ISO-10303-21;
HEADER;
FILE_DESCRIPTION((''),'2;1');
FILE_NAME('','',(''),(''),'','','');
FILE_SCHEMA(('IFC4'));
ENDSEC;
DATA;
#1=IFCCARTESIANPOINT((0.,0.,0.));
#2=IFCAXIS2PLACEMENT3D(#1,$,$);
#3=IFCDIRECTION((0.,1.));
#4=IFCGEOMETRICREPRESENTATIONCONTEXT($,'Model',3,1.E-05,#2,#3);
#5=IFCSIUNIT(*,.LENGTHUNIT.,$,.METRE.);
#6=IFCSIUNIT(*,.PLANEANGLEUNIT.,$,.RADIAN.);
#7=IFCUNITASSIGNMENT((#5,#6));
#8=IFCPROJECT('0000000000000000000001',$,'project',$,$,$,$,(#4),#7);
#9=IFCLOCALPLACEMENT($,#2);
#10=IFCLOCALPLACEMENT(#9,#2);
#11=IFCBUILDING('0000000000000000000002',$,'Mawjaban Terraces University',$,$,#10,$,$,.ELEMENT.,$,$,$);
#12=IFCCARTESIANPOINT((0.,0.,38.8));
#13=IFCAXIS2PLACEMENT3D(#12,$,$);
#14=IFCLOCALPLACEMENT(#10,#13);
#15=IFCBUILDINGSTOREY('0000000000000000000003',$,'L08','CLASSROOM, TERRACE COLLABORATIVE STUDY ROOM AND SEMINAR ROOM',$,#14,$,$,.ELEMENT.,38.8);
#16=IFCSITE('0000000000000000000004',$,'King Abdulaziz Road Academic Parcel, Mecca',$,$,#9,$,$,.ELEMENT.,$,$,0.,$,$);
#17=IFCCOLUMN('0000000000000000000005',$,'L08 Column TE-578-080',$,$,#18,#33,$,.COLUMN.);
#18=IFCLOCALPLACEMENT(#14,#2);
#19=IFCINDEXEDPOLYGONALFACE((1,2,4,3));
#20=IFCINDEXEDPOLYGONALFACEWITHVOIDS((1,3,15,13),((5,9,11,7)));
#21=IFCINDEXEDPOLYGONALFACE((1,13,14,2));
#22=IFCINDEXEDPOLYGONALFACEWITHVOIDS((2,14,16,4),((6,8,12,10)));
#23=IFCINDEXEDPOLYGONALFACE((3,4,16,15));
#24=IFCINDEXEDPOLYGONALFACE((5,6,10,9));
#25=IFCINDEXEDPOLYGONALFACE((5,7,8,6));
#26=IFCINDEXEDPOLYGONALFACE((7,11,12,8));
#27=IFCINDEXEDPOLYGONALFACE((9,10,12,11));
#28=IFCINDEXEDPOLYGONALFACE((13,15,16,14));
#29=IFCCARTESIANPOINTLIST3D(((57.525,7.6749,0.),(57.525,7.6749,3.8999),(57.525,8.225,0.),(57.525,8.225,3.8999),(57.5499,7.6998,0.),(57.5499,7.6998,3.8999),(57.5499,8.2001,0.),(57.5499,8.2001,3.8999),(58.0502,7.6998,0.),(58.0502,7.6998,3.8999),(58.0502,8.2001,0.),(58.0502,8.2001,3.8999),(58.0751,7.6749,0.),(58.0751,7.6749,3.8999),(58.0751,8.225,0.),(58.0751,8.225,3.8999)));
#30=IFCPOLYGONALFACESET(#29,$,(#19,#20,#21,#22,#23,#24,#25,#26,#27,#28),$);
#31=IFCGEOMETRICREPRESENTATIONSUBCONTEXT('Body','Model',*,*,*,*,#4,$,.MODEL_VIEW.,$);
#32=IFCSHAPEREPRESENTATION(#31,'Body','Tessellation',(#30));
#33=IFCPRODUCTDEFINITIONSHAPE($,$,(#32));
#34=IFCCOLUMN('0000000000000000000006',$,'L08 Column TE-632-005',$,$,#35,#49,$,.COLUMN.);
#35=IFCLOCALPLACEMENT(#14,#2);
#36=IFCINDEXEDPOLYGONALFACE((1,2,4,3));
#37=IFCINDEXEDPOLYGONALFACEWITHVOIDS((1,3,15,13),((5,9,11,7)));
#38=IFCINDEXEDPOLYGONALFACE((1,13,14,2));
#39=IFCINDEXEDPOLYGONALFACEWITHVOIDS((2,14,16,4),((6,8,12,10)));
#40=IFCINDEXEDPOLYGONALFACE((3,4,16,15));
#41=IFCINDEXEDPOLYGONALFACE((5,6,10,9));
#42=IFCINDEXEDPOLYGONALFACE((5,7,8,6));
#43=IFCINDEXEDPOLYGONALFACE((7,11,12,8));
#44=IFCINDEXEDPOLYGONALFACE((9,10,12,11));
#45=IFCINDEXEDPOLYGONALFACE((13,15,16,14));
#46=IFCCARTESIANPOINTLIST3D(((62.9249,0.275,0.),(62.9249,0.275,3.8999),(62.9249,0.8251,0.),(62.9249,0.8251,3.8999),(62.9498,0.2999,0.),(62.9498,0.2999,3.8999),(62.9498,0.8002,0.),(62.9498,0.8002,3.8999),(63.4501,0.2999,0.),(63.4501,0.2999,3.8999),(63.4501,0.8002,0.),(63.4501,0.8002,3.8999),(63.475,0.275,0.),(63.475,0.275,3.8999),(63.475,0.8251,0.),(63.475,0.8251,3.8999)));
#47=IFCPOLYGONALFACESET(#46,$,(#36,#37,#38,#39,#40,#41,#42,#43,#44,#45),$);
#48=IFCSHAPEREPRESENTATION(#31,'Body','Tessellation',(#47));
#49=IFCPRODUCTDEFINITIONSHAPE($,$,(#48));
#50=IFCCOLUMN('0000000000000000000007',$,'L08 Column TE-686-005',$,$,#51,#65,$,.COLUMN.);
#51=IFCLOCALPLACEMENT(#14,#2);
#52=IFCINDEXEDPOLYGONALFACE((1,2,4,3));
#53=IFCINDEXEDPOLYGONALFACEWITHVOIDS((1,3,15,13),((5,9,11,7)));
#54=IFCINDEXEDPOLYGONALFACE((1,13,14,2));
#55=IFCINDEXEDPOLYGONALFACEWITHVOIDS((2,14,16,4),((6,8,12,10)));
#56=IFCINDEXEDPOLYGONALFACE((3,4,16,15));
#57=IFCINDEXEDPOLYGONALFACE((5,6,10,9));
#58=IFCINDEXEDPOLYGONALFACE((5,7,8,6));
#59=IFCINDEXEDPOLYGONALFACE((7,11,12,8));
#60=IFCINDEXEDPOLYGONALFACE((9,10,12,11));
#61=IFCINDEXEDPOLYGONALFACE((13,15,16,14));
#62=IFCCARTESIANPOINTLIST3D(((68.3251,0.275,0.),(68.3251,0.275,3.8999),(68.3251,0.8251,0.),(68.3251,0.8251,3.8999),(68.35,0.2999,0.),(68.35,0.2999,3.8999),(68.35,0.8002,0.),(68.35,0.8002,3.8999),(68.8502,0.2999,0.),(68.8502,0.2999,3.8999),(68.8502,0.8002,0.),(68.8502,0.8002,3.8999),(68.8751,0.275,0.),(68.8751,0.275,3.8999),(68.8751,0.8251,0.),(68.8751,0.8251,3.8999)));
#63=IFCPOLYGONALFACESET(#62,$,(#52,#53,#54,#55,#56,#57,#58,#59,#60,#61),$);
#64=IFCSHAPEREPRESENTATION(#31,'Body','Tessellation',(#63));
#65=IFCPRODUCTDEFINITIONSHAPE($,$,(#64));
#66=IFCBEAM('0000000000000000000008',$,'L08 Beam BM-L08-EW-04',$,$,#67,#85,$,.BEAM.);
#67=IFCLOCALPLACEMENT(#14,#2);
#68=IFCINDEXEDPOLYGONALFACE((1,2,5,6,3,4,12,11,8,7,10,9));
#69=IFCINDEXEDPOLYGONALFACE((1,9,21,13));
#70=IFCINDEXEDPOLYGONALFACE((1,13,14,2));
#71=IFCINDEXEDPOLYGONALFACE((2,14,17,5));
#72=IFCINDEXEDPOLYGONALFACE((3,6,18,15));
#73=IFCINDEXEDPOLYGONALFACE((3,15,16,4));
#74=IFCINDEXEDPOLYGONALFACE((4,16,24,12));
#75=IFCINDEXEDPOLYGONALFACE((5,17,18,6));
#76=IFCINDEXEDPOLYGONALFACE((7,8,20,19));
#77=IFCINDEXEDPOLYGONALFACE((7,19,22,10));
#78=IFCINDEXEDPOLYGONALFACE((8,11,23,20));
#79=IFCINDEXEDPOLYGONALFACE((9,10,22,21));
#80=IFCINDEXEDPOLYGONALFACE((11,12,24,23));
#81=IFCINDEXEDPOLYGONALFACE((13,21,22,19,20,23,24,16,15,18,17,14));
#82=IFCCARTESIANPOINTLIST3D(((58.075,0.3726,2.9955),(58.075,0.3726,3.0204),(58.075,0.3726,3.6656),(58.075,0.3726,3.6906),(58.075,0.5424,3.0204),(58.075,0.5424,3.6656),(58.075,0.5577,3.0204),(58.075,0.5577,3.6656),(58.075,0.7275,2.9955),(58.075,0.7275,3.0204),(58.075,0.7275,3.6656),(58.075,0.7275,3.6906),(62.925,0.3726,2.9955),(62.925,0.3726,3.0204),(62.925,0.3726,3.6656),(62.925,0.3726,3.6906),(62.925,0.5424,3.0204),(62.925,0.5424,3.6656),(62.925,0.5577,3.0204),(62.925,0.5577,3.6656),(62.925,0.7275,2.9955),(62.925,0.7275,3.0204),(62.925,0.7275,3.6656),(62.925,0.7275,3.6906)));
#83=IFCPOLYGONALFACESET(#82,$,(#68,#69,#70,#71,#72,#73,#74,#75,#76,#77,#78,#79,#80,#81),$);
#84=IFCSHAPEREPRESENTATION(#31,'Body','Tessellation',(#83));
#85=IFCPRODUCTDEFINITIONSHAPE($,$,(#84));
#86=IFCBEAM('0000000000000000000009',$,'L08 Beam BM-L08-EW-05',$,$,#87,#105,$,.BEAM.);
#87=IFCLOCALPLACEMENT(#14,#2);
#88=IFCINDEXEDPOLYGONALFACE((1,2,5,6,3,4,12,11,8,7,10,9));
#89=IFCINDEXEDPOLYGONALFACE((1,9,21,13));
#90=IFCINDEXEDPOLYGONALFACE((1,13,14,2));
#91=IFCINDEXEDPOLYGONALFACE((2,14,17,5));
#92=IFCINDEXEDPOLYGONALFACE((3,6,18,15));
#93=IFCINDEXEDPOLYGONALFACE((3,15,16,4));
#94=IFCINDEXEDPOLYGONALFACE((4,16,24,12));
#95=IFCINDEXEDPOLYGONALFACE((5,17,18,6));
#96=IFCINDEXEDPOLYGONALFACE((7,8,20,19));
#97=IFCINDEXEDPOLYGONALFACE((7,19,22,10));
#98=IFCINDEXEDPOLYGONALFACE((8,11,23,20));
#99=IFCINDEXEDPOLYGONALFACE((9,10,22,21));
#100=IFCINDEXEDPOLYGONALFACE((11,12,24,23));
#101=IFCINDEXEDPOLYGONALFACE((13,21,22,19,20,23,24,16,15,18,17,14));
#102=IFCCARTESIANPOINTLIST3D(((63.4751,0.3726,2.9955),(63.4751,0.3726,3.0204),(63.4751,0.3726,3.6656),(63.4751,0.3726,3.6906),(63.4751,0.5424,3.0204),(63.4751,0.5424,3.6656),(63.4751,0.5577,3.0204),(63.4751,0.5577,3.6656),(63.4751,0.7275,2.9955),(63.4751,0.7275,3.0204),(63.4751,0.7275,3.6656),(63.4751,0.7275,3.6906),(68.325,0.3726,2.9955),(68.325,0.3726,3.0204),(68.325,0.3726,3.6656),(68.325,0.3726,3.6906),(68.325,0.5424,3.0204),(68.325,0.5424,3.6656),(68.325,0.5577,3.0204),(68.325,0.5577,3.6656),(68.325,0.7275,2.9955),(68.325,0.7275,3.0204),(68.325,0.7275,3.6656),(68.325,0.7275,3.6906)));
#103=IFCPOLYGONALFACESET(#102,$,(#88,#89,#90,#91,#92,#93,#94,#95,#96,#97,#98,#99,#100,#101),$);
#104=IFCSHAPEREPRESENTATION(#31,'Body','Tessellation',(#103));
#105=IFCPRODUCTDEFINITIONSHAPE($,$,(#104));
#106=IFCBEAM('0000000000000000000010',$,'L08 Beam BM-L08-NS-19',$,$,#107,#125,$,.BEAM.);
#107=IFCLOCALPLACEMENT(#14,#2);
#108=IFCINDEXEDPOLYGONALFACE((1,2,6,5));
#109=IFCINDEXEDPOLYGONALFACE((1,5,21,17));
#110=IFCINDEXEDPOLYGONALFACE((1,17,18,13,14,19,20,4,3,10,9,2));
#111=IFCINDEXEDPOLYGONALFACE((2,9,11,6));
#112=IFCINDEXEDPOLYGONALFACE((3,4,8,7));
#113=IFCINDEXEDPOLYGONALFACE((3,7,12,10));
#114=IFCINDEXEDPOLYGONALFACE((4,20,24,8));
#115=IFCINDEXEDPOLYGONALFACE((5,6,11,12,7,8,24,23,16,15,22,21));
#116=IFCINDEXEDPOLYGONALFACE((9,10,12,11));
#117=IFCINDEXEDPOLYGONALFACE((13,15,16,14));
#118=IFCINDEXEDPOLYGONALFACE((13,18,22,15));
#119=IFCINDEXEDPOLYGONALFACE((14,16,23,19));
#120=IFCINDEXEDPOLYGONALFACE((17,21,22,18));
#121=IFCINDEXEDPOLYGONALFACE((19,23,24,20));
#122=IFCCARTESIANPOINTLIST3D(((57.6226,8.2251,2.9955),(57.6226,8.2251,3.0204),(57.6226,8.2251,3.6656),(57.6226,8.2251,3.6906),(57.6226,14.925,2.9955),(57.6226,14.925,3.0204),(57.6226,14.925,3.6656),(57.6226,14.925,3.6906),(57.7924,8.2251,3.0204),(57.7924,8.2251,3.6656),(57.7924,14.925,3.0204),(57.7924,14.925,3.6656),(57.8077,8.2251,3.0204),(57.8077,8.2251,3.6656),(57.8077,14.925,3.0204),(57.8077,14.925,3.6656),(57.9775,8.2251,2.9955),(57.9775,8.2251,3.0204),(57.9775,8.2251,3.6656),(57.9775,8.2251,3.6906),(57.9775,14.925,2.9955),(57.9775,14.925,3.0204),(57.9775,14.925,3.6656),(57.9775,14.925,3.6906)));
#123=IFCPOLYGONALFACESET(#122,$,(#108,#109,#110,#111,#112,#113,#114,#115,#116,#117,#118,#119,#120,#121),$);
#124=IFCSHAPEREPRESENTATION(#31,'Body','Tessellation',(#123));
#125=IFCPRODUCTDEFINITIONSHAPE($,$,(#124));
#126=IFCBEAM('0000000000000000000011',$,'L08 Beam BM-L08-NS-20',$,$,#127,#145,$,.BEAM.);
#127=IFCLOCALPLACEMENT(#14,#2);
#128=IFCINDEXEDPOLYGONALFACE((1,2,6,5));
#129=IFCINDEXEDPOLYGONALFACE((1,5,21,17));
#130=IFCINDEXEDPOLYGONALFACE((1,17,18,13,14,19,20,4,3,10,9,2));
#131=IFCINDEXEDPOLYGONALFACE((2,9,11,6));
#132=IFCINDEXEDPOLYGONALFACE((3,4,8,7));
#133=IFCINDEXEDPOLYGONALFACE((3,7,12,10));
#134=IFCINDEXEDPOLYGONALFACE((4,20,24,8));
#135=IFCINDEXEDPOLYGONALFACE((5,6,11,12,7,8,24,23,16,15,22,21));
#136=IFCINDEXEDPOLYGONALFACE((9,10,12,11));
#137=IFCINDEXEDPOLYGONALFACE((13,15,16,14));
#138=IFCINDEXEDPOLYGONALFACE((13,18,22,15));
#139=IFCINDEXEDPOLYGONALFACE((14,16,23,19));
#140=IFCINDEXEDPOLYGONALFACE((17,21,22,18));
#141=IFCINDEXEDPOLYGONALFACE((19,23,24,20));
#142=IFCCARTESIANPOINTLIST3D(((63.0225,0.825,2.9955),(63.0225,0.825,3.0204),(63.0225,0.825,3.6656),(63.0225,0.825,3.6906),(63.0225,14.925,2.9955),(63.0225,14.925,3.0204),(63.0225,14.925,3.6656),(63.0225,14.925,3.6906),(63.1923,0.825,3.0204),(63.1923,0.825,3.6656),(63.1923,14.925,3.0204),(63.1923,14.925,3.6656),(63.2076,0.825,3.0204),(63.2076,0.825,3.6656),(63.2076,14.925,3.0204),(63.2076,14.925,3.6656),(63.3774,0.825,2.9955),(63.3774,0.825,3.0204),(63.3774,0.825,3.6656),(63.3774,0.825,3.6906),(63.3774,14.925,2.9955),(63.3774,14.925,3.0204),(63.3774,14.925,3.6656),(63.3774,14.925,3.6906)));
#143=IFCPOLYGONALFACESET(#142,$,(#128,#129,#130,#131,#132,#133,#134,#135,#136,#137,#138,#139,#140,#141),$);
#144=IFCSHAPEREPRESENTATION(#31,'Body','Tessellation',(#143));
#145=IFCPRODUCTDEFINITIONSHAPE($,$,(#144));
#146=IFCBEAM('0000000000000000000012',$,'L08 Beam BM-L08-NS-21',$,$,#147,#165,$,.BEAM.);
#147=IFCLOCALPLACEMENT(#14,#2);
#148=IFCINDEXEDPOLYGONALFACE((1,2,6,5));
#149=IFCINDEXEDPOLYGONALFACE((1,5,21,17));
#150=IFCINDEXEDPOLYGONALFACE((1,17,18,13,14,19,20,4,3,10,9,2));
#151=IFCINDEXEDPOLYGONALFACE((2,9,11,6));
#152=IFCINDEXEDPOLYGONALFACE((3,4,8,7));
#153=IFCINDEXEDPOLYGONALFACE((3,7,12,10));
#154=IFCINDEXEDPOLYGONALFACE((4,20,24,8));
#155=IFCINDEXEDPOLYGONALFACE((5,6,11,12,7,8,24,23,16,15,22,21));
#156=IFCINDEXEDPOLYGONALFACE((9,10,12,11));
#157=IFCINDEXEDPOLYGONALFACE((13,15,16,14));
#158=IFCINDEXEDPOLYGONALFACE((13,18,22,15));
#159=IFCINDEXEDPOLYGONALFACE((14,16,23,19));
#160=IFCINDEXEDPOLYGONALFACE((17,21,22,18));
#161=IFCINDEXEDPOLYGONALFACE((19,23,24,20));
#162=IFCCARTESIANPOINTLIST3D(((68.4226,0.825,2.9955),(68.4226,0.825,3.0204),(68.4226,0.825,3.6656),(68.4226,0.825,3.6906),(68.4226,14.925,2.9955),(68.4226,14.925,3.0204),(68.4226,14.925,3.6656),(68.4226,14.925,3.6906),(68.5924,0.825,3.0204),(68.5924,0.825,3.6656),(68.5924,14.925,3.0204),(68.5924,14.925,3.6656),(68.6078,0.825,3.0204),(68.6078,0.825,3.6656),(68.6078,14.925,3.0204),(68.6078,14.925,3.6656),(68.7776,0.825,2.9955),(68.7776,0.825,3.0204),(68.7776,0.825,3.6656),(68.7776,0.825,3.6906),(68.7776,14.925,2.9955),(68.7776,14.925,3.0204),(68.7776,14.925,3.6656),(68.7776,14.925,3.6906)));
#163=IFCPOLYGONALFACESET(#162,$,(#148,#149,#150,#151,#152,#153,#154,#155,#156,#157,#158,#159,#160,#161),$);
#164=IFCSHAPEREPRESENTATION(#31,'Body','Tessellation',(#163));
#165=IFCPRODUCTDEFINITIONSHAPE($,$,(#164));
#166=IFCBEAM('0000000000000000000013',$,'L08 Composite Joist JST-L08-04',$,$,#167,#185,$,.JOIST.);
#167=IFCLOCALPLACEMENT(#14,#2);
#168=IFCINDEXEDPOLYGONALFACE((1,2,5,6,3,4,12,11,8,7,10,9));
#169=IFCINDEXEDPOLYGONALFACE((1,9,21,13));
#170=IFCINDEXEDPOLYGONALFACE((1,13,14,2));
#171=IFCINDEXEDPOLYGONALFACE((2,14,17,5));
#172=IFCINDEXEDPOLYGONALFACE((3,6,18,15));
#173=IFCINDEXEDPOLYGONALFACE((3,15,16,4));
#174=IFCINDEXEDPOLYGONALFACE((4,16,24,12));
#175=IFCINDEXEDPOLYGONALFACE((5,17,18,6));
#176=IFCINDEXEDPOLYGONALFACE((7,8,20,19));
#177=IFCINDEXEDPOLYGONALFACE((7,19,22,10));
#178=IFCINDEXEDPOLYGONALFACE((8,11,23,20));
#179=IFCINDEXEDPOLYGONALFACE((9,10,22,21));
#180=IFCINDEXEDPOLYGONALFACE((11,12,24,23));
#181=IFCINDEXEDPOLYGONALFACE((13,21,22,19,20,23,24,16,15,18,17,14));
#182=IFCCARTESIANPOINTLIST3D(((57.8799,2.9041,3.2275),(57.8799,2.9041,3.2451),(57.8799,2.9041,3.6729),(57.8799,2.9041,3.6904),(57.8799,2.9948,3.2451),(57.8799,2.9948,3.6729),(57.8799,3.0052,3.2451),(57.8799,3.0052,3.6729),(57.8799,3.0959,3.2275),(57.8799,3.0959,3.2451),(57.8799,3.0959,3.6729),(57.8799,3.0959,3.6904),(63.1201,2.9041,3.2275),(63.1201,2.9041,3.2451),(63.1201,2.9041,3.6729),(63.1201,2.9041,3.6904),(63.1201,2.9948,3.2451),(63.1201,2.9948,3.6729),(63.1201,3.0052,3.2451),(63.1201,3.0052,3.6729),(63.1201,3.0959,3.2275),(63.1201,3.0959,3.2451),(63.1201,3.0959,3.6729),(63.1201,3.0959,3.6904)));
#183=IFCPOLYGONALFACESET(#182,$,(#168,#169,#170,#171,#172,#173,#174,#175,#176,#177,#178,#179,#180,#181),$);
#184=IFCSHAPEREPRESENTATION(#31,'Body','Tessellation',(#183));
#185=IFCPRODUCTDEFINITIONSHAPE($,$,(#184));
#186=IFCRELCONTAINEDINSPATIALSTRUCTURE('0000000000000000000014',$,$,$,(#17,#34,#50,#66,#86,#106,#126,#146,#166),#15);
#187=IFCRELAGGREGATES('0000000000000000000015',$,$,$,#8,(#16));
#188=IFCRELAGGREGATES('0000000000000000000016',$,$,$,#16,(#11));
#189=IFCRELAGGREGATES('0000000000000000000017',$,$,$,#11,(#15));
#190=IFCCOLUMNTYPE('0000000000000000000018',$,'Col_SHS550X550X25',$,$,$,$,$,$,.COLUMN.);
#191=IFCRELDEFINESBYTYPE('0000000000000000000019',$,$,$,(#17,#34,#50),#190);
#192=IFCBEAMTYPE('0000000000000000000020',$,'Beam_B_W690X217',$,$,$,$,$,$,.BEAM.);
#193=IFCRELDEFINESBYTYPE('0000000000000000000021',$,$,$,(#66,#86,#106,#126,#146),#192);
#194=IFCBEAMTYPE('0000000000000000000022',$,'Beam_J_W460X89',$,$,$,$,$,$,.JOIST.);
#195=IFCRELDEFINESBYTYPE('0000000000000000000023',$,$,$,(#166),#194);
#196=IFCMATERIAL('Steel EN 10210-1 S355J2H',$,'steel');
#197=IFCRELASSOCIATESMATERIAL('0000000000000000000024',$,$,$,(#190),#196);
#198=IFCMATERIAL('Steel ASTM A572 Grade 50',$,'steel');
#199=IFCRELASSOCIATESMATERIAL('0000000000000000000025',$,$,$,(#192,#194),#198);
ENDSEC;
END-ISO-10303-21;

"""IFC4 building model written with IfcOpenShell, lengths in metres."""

from ifc_helpers import new_model, si_unit, direction, frame, origin, origin_2d, place, context, subcontext, project, spatial, hollow_rectangle, i_section, extrude, material, material_profile, profile_set, type_object, element, save


model = new_model("IFC4")

# Units and contexts
model_context = context("Model", 3, precision=1e-05, world=origin(), true_north=direction((0.0, 1.0)))
body_context = subcontext(model_context, "Body", "Model", "MODEL_VIEW")
ifc_project = project(units=[si_unit("LENGTHUNIT", "METRE"), si_unit("PLANEANGLEUNIT", "RADIAN")], contexts=[model_context])

# Site, building, storey
site_placement = place(None, origin())
site = spatial("IfcSite", under=ifc_project, at=site_placement, Name="King Abdulaziz Road Academic Parcel, Mecca", CompositionType="ELEMENT", RefElevation=0.0)
building_placement = place(site_placement, origin())
building = spatial("IfcBuilding", under=site, at=building_placement, Name="Mawjaban Terraces University", CompositionType="ELEMENT")
storey_placement = place(building_placement, frame((0.0, 0.0, 38.8)))
storey = spatial("IfcBuildingStorey", under=building, at=storey_placement, Name="L08", Description="CLASSROOM, TERRACE COLLABORATIVE STUDY ROOM AND SEMINAR ROOM", CompositionType="ELEMENT", Elevation=38.8)

# Columns
ifc_material_1 = material(Name="Steel EN 10210-1 S355J2H", Category="steel")
ifc_material_profile_1 = material_profile(ifc_material_1, hollow_rectangle(XDim=0.55, YDim=0.55, WallThickness=0.0249, at=origin_2d()), Name="SHS550X550X25")
ifc_profile_set_1 = profile_set([ifc_material_profile_1], Name="Steel EN 10210-1 S355J2H")
column_type = type_object("IfcColumnType", Name="Col_SHS550X550X25", PredefinedType="COLUMN", material=ifc_profile_set_1)
for number, where, z_axis, x_axis, name in (
    (1, (57.8, 7.95, 0.0), (0.0, 0.0, 1.0), (1.0, 0.0, 0.0), "L08 Column TE-578-080"),
    (2, (63.2, 0.55, 0.0), (0.0, 0.0, 1.0), (1.0, 0.0, 0.0), "L08 Column TE-632-005"),
    (3, (68.6001, 0.55, 0.0), (0.0, 0.0, 1.0), (1.0, 0.0, 0.0), "L08 Column TE-686-005"),
):
    element("IfcColumn", number, at=place(storey_placement, frame(where, z_axis=z_axis, x_axis=x_axis)), inside=storey, type_object=column_type, Name=name, PredefinedType="COLUMN", context=body_context, shape_type="SweptSolid", body=[
        extrude(hollow_rectangle(XDim=0.55, YDim=0.55, WallThickness=0.0249, at=origin_2d()), origin(), (0.0, 0.0, 1.0), 3.8999),
    ])

# Beams
ifc_material_2 = material(Name="Steel ASTM A572 Grade 50", Category="steel")
ifc_material_profile_2 = material_profile(ifc_material_2, i_section(OverallWidth=0.355, OverallDepth=0.6951, WebThickness=0.0154, FlangeThickness=0.0249, at=origin_2d()), Name="W690X217")
ifc_profile_set_2 = profile_set([ifc_material_profile_2], Name="Steel ASTM A572 Grade 50")
beam_type_1 = type_object("IfcBeamType", Name="Beam_B_W690X217", PredefinedType="BEAM", material=ifc_profile_set_2)
beam_1_placement = place(storey_placement, frame((58.075, 0.55, 3.343), z_axis=(1.0, 0.0, 0.0), x_axis=(0.0, 1.0, 0.0)))
element("IfcBeam", 4, at=beam_1_placement, inside=storey, type_object=beam_type_1, Name="L08 Beam BM-L08-EW-04", PredefinedType="BEAM", context=body_context, shape_type="SweptSolid", body=[
    extrude(i_section(OverallWidth=0.355, OverallDepth=0.6951, WebThickness=0.0154, FlangeThickness=0.0249, at=origin_2d()), origin(), (0.0, 0.0, 1.0), 4.8501),
])
beam_2_placement = place(storey_placement, frame((63.4751, 0.55, 3.343), z_axis=(1.0, 0.0, 0.0), x_axis=(0.0, 1.0, 0.0)))
element("IfcBeam", 5, at=beam_2_placement, inside=storey, type_object=beam_type_1, Name="L08 Beam BM-L08-EW-05", PredefinedType="BEAM", context=body_context, shape_type="SweptSolid", body=[
    extrude(i_section(OverallWidth=0.355, OverallDepth=0.6951, WebThickness=0.0154, FlangeThickness=0.0249, at=origin_2d()), origin(), (0.0, 0.0, 1.0), 4.8499),
])
beam_3_placement = place(storey_placement, frame((57.8, 8.2251, 3.343), z_axis=(0.0, 1.0, 0.0), x_axis=(-1.0, 0.0, 0.0)))
element("IfcBeam", 6, at=beam_3_placement, inside=storey, type_object=beam_type_1, Name="L08 Beam BM-L08-NS-19", PredefinedType="BEAM", context=body_context, shape_type="SweptSolid", body=[
    extrude(i_section(OverallWidth=0.355, OverallDepth=0.6951, WebThickness=0.0154, FlangeThickness=0.0249, at=origin_2d()), origin(), (0.0, 0.0, 1.0), 6.7),
])
for number, where, z_axis, x_axis, name in (
    (7, (63.2, 0.825, 3.343), (0.0, 1.0, 0.0), (-1.0, 0.0, 0.0), "L08 Beam BM-L08-NS-20"),
    (8, (68.6001, 0.825, 3.343), (0.0, 1.0, 0.0), (-1.0, 0.0, 0.0), "L08 Beam BM-L08-NS-21"),
):
    element("IfcBeam", number, at=place(storey_placement, frame(where, z_axis=z_axis, x_axis=x_axis)), inside=storey, type_object=beam_type_1, Name=name, PredefinedType="BEAM", context=body_context, shape_type="SweptSolid", body=[
        extrude(i_section(OverallWidth=0.355, OverallDepth=0.6951, WebThickness=0.0154, FlangeThickness=0.0249, at=origin_2d()), origin(), (0.0, 0.0, 1.0), 14.1001),
    ])
ifc_material_profile_3 = material_profile(ifc_material_2, i_section(OverallWidth=0.1919, OverallDepth=0.4629, WebThickness=0.0105, FlangeThickness=0.0176, at=origin_2d()), Name="W460X89")
ifc_profile_set_3 = profile_set([ifc_material_profile_3], Name="Steel ASTM A572 Grade 50")
beam_type_2 = type_object("IfcBeamType", Name="Beam_J_W460X89", PredefinedType="JOIST", material=ifc_profile_set_3)
beam_4_placement = place(storey_placement, frame((57.8799, 3.0, 3.459), z_axis=(1.0, 0.0, 0.0), x_axis=(0.0, 1.0, 0.0)))
element("IfcBeam", 9, at=beam_4_placement, inside=storey, type_object=beam_type_2, Name="L08 Composite Joist JST-L08-04", PredefinedType="JOIST", context=body_context, shape_type="SweptSolid", body=[
    extrude(i_section(OverallWidth=0.1919, OverallDepth=0.4629, WebThickness=0.0105, FlangeThickness=0.0176, at=origin_2d()), origin(), (0.0, 0.0, 1.0), 5.2402),
])

save(model, "model.ifc")
